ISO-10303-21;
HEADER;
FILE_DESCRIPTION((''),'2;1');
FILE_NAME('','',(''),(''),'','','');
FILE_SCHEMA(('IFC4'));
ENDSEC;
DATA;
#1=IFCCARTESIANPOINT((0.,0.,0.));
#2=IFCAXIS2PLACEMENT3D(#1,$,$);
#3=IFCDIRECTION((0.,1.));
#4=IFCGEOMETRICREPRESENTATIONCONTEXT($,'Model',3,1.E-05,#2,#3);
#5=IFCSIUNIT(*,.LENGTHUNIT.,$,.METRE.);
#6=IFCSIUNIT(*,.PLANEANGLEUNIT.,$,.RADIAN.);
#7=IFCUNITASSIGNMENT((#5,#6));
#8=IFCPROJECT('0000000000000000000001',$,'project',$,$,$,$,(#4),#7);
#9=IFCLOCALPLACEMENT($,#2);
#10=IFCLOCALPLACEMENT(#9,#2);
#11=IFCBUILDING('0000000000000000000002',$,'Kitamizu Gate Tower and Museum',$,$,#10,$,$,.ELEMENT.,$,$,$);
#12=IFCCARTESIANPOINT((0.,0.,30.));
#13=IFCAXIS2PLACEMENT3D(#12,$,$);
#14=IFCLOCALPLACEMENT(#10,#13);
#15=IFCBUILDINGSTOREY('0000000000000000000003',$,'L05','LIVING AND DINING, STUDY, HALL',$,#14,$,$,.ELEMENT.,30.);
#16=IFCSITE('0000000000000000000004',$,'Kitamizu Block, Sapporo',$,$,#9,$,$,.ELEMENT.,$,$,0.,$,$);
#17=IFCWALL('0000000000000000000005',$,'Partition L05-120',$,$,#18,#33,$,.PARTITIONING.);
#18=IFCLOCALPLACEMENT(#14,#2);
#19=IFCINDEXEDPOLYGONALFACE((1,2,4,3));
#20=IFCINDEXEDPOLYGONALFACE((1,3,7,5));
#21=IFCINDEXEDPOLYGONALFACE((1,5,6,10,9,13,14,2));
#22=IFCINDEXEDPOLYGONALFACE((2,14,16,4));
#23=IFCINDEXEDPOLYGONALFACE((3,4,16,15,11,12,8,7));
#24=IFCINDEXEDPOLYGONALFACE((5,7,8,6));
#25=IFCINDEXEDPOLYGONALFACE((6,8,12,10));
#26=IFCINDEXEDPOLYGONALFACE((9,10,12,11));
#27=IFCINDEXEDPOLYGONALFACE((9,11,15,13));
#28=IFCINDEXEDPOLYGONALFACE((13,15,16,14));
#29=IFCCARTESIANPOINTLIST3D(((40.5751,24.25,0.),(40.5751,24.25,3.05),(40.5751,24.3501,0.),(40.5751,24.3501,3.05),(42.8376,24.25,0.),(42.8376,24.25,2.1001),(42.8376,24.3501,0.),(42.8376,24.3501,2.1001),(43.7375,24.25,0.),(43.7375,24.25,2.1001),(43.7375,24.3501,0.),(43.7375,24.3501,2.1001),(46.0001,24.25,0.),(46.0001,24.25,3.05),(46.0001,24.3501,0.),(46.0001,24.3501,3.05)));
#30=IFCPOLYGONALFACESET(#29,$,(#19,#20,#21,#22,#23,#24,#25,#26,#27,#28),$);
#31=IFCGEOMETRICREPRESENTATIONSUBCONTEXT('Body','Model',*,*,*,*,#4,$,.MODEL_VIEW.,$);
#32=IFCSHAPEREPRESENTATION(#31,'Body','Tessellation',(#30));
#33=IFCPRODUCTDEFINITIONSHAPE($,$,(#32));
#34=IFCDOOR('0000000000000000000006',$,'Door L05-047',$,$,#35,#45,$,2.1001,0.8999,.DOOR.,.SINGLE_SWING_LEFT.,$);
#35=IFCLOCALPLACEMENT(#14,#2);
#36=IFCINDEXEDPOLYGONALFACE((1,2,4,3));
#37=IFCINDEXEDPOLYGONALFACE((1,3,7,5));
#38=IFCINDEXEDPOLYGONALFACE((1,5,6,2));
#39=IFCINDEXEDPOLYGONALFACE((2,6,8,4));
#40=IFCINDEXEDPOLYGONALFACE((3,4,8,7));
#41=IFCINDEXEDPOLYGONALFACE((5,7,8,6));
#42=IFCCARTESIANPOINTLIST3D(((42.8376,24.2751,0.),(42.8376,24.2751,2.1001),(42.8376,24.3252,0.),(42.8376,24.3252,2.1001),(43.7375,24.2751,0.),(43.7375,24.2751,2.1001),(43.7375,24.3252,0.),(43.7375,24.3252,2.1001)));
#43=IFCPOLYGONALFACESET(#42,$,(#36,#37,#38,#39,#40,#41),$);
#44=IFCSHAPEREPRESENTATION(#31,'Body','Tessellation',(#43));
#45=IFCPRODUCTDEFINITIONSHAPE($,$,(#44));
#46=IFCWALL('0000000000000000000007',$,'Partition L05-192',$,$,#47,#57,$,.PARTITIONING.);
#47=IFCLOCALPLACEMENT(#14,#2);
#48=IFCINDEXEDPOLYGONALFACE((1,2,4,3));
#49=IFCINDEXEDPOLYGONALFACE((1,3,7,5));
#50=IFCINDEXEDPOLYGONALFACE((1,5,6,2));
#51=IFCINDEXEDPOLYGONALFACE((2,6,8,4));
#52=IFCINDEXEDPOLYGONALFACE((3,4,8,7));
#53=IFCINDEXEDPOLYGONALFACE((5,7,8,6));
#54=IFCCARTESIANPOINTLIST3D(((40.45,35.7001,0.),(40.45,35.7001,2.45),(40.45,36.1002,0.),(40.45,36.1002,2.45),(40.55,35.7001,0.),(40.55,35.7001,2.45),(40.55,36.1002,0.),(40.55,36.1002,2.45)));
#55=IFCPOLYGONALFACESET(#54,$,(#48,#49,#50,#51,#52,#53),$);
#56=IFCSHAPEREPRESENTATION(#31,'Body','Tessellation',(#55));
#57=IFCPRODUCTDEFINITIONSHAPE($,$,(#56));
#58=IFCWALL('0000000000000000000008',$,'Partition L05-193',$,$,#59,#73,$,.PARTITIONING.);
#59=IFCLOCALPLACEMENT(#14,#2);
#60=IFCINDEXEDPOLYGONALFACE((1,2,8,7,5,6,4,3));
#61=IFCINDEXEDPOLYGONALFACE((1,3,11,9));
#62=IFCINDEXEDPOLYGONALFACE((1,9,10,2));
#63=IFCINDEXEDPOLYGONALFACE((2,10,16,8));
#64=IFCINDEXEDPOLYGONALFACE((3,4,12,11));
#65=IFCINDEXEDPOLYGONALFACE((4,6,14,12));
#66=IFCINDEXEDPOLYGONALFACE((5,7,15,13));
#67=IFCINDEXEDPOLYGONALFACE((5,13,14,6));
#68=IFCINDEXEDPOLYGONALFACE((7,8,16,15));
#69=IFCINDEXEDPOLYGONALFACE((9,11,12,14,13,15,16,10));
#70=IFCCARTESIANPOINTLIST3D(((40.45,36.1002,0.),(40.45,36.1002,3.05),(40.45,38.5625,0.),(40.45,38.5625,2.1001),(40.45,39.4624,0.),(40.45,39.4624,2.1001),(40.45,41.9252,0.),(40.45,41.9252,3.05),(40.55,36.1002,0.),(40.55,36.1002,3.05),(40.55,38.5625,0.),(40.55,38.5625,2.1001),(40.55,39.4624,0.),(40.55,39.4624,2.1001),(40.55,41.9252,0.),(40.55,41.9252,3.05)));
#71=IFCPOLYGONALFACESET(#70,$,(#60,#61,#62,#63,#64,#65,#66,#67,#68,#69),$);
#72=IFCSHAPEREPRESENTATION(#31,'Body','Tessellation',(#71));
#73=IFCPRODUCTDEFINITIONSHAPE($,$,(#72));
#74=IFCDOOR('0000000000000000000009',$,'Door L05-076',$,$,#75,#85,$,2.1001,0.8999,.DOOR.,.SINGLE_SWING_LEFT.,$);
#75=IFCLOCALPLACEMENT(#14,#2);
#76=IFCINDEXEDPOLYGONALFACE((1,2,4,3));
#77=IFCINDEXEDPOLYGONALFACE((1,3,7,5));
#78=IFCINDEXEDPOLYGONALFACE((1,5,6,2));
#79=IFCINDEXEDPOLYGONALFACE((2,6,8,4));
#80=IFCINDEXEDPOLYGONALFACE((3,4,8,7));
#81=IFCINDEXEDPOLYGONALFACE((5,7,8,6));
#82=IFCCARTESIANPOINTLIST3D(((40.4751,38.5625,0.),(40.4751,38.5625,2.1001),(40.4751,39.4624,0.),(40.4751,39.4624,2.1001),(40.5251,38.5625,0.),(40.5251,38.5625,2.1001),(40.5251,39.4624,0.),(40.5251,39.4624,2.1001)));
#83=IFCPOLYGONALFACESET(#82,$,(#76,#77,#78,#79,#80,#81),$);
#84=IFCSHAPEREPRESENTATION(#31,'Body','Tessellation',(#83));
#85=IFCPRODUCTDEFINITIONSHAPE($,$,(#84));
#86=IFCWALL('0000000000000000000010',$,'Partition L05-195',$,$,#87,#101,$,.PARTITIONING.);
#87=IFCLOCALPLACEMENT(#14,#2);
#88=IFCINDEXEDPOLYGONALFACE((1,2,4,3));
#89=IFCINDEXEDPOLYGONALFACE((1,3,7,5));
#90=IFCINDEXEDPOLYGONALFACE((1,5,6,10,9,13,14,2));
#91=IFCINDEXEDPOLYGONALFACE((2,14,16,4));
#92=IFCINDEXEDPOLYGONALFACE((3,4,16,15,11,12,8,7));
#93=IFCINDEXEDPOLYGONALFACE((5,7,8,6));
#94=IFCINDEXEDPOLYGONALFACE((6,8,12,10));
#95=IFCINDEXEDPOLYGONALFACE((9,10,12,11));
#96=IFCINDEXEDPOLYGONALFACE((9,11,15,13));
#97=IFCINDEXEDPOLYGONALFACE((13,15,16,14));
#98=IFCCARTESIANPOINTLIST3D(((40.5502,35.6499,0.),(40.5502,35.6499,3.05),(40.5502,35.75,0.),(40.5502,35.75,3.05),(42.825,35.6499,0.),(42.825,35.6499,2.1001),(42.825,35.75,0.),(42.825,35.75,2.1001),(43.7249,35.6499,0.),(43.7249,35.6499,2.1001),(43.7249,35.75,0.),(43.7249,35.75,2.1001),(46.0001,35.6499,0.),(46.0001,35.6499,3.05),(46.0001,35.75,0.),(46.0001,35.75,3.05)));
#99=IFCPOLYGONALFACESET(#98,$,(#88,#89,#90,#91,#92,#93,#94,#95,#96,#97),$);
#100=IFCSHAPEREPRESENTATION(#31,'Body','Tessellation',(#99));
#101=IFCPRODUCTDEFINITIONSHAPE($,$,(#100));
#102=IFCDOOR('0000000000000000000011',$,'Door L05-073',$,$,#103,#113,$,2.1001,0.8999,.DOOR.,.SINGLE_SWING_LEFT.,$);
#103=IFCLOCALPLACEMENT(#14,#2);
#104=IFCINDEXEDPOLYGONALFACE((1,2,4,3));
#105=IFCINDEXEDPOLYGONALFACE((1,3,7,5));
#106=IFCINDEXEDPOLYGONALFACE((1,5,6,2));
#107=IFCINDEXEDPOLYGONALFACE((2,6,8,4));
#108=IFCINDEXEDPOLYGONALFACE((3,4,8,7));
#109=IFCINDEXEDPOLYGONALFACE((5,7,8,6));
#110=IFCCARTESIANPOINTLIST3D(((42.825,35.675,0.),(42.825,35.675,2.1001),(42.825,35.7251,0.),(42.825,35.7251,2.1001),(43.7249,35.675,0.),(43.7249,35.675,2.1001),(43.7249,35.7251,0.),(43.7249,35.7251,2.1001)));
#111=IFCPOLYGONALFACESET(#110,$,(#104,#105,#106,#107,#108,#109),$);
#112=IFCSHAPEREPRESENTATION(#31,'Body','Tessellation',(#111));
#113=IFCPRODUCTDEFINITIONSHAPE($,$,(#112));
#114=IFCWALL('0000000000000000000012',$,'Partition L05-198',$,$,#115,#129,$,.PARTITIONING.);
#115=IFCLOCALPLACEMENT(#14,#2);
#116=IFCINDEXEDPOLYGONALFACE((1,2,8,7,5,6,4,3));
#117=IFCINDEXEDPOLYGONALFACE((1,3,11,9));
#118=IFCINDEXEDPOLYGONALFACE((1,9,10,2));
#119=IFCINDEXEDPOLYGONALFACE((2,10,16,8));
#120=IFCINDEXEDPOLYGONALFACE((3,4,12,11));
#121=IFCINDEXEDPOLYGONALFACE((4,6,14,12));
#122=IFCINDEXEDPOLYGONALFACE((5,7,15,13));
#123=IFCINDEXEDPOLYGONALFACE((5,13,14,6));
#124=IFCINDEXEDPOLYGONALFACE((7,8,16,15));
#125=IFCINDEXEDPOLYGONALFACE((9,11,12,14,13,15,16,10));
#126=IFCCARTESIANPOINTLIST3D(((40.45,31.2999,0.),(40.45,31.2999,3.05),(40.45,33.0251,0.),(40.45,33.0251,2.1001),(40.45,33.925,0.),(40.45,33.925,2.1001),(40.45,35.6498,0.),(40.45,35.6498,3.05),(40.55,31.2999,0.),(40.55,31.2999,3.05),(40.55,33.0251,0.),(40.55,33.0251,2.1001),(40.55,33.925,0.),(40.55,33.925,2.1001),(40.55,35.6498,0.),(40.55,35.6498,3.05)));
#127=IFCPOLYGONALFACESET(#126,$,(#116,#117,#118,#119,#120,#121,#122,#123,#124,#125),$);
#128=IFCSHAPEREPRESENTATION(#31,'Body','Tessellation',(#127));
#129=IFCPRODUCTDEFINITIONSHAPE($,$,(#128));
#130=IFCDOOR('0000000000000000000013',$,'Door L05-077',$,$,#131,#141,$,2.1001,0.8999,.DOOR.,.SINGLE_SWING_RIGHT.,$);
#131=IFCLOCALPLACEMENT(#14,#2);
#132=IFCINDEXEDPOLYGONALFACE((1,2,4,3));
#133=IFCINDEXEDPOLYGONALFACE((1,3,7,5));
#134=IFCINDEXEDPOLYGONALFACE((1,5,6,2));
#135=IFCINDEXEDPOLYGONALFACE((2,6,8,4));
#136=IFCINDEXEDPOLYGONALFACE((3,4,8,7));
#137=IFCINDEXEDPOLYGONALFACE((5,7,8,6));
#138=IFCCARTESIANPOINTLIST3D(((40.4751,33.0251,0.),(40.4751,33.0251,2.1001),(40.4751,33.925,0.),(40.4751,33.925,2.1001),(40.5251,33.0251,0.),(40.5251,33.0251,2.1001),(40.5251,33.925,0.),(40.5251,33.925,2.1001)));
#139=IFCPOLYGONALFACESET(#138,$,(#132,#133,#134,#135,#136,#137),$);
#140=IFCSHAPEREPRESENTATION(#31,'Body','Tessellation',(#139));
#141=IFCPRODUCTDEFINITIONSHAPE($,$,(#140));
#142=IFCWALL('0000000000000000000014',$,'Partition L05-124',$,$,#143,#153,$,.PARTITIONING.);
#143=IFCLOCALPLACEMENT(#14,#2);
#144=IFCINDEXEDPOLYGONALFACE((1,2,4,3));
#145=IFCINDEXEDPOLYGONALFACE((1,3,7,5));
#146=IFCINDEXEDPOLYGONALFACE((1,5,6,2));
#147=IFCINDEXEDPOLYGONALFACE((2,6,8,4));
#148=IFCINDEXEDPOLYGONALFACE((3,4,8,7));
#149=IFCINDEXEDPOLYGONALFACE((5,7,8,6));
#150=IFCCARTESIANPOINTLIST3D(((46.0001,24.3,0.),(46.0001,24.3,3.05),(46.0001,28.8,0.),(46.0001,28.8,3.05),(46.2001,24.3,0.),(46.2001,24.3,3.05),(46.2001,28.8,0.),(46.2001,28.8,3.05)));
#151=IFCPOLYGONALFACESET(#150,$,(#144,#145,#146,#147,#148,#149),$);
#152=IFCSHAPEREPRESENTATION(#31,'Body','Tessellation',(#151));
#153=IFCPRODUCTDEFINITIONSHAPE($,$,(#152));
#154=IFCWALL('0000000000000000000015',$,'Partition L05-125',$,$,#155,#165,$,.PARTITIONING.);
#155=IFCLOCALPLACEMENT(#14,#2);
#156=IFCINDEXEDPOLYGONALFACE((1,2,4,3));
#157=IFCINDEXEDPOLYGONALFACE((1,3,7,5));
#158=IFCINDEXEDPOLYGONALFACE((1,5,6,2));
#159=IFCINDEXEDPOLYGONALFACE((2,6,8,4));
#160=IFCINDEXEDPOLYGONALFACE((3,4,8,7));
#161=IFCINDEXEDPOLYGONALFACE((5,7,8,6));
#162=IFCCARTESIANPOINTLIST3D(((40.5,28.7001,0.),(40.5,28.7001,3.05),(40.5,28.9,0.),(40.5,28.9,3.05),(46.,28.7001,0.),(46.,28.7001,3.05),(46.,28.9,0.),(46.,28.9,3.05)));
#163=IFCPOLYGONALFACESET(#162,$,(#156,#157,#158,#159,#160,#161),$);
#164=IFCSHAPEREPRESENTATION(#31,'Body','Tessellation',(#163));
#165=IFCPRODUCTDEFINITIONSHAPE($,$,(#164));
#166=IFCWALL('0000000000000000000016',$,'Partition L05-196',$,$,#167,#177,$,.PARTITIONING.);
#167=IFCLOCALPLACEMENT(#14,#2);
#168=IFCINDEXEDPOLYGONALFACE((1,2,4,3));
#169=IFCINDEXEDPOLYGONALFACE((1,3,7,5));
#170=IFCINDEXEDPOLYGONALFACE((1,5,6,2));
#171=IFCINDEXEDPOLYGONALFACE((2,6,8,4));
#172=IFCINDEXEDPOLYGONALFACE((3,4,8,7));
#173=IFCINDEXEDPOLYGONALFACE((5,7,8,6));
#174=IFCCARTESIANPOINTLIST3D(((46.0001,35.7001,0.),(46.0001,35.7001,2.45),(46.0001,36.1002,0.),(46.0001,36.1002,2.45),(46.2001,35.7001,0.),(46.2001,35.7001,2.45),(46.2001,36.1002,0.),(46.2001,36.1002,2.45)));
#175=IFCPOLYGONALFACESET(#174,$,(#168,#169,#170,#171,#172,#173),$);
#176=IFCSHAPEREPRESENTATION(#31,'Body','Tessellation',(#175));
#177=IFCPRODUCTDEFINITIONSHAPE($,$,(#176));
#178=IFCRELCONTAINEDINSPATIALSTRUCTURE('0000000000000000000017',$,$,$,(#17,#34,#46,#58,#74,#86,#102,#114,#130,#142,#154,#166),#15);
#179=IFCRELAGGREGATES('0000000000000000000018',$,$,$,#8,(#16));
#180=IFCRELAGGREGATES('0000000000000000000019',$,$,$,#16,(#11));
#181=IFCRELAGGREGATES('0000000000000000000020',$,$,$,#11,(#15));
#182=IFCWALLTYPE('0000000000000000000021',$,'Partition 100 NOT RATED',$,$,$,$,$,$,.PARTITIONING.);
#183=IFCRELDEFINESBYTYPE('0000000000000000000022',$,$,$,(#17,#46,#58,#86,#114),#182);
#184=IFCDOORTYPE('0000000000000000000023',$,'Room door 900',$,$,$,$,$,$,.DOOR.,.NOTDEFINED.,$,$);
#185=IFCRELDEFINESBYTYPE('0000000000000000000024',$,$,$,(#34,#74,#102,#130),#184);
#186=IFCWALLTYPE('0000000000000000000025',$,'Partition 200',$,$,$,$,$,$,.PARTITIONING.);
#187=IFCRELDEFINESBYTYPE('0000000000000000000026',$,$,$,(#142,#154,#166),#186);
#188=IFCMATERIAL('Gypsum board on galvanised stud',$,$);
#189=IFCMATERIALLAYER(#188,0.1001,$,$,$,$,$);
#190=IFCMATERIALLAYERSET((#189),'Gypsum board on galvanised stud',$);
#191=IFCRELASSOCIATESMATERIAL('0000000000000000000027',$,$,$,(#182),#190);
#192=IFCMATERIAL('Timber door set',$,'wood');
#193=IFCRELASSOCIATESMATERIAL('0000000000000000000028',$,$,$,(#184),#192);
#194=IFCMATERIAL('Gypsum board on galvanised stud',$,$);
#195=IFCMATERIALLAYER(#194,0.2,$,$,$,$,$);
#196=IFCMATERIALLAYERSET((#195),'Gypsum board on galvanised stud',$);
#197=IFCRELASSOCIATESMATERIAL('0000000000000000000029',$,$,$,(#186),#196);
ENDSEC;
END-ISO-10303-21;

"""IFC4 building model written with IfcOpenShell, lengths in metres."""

from ifc_helpers import new_model, si_unit, direction, frame, frame_2d, origin, place, context, subcontext, project, spatial, rectangle, extrude, material, layer, layer_set, type_object, element, fill, save


model = new_model("IFC4")

# Units and contexts
model_context = context("Model", 3, precision=1e-05, world=origin(), true_north=direction((0.0, 1.0)))
body_context = subcontext(model_context, "Body", "Model", "MODEL_VIEW")
ifc_project = project(units=[si_unit("LENGTHUNIT", "METRE"), si_unit("PLANEANGLEUNIT", "RADIAN")], contexts=[model_context])

# Site, building, storey
site_placement = place(None, origin())
site = spatial("IfcSite", under=ifc_project, at=site_placement, Name="Kitamizu Block, Sapporo", CompositionType="ELEMENT", RefElevation=0.0)
building_placement = place(site_placement, origin())
building = spatial("IfcBuilding", under=site, at=building_placement, Name="Kitamizu Gate Tower and Museum", CompositionType="ELEMENT")
storey_placement = place(building_placement, frame((0.0, 0.0, 30.0)))
storey = spatial("IfcBuildingStorey", under=building, at=storey_placement, Name="L05", Description="LIVING AND DINING, STUDY, HALL", CompositionType="ELEMENT", Elevation=30.0)

# Wall, opening, door
ifc_material_1 = material(Name="Gypsum board on galvanised stud")
ifc_layer_1 = layer(ifc_material_1, 0.1001)
ifc_layer_set_1 = layer_set([ifc_layer_1], Name="Gypsum board on galvanised stud")
wall_type_1 = type_object("IfcWallType", Name="Partition 100 NOT RATED", PredefinedType="PARTITIONING", material=ifc_layer_set_1)
wall_1_placement = place(storey_placement, frame((46.0, 24.3, 0.0), z_axis=(0.0, 0.0, 1.0), x_axis=(-1.0, 0.0, 0.0)))
wall_1 = element("IfcWall", 1, at=wall_1_placement, inside=storey, type_object=wall_type_1, Name="Partition L05-120", PredefinedType="PARTITIONING", context=body_context, shape_type="SweptSolid", body=[
    extrude(rectangle(XDim=5.425, YDim=0.1001, at=frame_2d((2.7124, 0.0))), origin(), (0.0, 0.0, 1.0), 3.05),
])
opening_1_placement = place(wall_1_placement, frame((2.2625, 0.0, 0.0)))
opening_1 = element("IfcOpeningElement", 2, at=opening_1_placement, cuts=wall_1, PredefinedType="OPENING", context=body_context, shape_type="SweptSolid", body=[
    extrude(rectangle(XDim=0.8999, YDim=2.1001, at=frame_2d((0.45, 1.05))), frame((0.0, 0.0601, 0.0), z_axis=(0.0, -1.0, 0.0), x_axis=(1.0, 0.0, 0.0)), (0.0, 0.0, 1.0), 0.1201),
])
ifc_material_2 = material(Name="Timber door set", Category="wood")
door_type_1 = type_object("IfcDoorType", Name="Room door 900", OperationType="NOTDEFINED", PredefinedType="DOOR", material=ifc_material_2)
door_1_placement = place(opening_1_placement, origin())
door_1 = element("IfcDoor", 3, at=door_1_placement, inside=storey, type_object=door_type_1, Name="Door L05-047", OperationType="SINGLE_SWING_LEFT", OverallHeight=2.1001, OverallWidth=0.8999, PredefinedType="DOOR", context=body_context, shape_type="SweptSolid", body=[
    extrude(rectangle(XDim=0.8999, YDim=2.1001, at=frame_2d((0.45, 1.05))), frame((0.0, 0.0249, 0.0), z_axis=(0.0, -1.0, 0.0), x_axis=(1.0, 0.0, 0.0)), (0.0, 0.0, 1.0), 0.05),
])
fill(opening_1, door_1)

# Wall
wall_2_placement = place(storey_placement, frame((40.5, 35.7, 0.0), z_axis=(0.0, 0.0, 1.0), x_axis=(0.0, 1.0, 0.0)))
element("IfcWall", 4, at=wall_2_placement, inside=storey, type_object=wall_type_1, Name="Partition L05-192", PredefinedType="PARTITIONING", context=body_context, shape_type="SweptSolid", body=[
    extrude(rectangle(XDim=0.4001, YDim=0.1001, at=frame_2d((0.2002, 0.0))), origin(), (0.0, 0.0, 1.0), 2.45),
])

# Walls, openings, doors
wall_3_placement = place(storey_placement, frame((40.5, 36.1001, 0.0), z_axis=(0.0, 0.0, 1.0), x_axis=(0.0, 1.0, 0.0)))
wall_3 = element("IfcWall", 5, at=wall_3_placement, inside=storey, type_object=wall_type_1, Name="Partition L05-193", PredefinedType="PARTITIONING", context=body_context, shape_type="SweptSolid", body=[
    extrude(rectangle(XDim=5.825, YDim=0.1001, at=frame_2d((2.9126, 0.0))), origin(), (0.0, 0.0, 1.0), 3.05),
])
opening_2_placement = place(wall_3_placement, frame((2.4624, 0.0, 0.0)))
opening_2 = element("IfcOpeningElement", 6, at=opening_2_placement, cuts=wall_3, PredefinedType="OPENING", context=body_context, shape_type="SweptSolid", body=[
    extrude(rectangle(XDim=0.8999, YDim=2.1001, at=frame_2d((0.45, 1.05))), frame((0.0, 0.0601, 0.0), z_axis=(0.0, -1.0, 0.0), x_axis=(1.0, 0.0, 0.0)), (0.0, 0.0, 1.0), 0.1201),
])
door_2_placement = place(opening_2_placement, origin())
door_2 = element("IfcDoor", 7, at=door_2_placement, inside=storey, type_object=door_type_1, Name="Door L05-076", OperationType="SINGLE_SWING_LEFT", OverallHeight=2.1001, OverallWidth=0.8999, PredefinedType="DOOR", context=body_context, shape_type="SweptSolid", body=[
    extrude(rectangle(XDim=0.8999, YDim=2.1001, at=frame_2d((0.45, 1.05))), frame((0.0, 0.0249, 0.0), z_axis=(0.0, -1.0, 0.0), x_axis=(1.0, 0.0, 0.0)), (0.0, 0.0, 1.0), 0.05),
])
fill(opening_2, door_2)
wall_4_placement = place(storey_placement, frame((40.55, 35.7, 0.0), z_axis=(0.0, 0.0, 1.0), x_axis=(1.0, 0.0, 0.0)))
wall_4 = element("IfcWall", 8, at=wall_4_placement, inside=storey, type_object=wall_type_1, Name="Partition L05-195", PredefinedType="PARTITIONING", context=body_context, shape_type="SweptSolid", body=[
    extrude(rectangle(XDim=5.45, YDim=0.1001, at=frame_2d((2.7251, 0.0))), origin(), (0.0, 0.0, 1.0), 3.05),
])
opening_3_placement = place(wall_4_placement, frame((2.2749, 0.0, 0.0)))
opening_3 = element("IfcOpeningElement", 9, at=opening_3_placement, cuts=wall_4, PredefinedType="OPENING", context=body_context, shape_type="SweptSolid", body=[
    extrude(rectangle(XDim=0.8999, YDim=2.1001, at=frame_2d((0.45, 1.05))), frame((0.0, 0.0601, 0.0), z_axis=(0.0, -1.0, 0.0), x_axis=(1.0, 0.0, 0.0)), (0.0, 0.0, 1.0), 0.1201),
])
door_3_placement = place(opening_3_placement, frame((0.8999, 0.0, 0.0), x_axis=(-1.0, 0.0, 0.0)))
door_3 = element("IfcDoor", 10, at=door_3_placement, inside=storey, type_object=door_type_1, Name="Door L05-073", OperationType="SINGLE_SWING_LEFT", OverallHeight=2.1001, OverallWidth=0.8999, PredefinedType="DOOR", context=body_context, shape_type="SweptSolid", body=[
    extrude(rectangle(XDim=0.8999, YDim=2.1001, at=frame_2d((0.45, 1.05))), frame((0.0, 0.0249, 0.0), z_axis=(0.0, -1.0, 0.0), x_axis=(1.0, 0.0, 0.0)), (0.0, 0.0, 1.0), 0.05),
])
fill(opening_3, door_3)
wall_5_placement = place(storey_placement, frame((40.5, 31.3, 0.0), z_axis=(0.0, 0.0, 1.0), x_axis=(0.0, 1.0, 0.0)))
wall_5 = element("IfcWall", 11, at=wall_5_placement, inside=storey, type_object=wall_type_1, Name="Partition L05-198", PredefinedType="PARTITIONING", context=body_context, shape_type="SweptSolid", body=[
    extrude(rectangle(XDim=4.3499, YDim=0.1001, at=frame_2d((2.1748, 0.0))), origin(), (0.0, 0.0, 1.0), 3.05),
])
opening_4_placement = place(wall_5_placement, frame((1.7251, 0.0, 0.0)))
opening_4 = element("IfcOpeningElement", 12, at=opening_4_placement, cuts=wall_5, PredefinedType="OPENING", context=body_context, shape_type="SweptSolid", body=[
    extrude(rectangle(XDim=0.8999, YDim=2.1001, at=frame_2d((0.45, 1.05))), frame((0.0, 0.0601, 0.0), z_axis=(0.0, -1.0, 0.0), x_axis=(1.0, 0.0, 0.0)), (0.0, 0.0, 1.0), 0.1201),
])
door_4_placement = place(opening_4_placement, origin())
door_4 = element("IfcDoor", 13, at=door_4_placement, inside=storey, type_object=door_type_1, Name="Door L05-077", OperationType="SINGLE_SWING_RIGHT", OverallHeight=2.1001, OverallWidth=0.8999, PredefinedType="DOOR", context=body_context, shape_type="SweptSolid", body=[
    extrude(rectangle(XDim=0.8999, YDim=2.1001, at=frame_2d((0.45, 1.05))), frame((0.0, 0.0249, 0.0), z_axis=(0.0, -1.0, 0.0), x_axis=(1.0, 0.0, 0.0)), (0.0, 0.0, 1.0), 0.05),
])
fill(opening_4, door_4)

# Walls
ifc_material_3 = material(Name="Gypsum board on galvanised stud")
ifc_layer_2 = layer(ifc_material_3, 0.2)
ifc_layer_set_2 = layer_set([ifc_layer_2], Name="Gypsum board on galvanised stud")
wall_type_2 = type_object("IfcWallType", Name="Partition 200", PredefinedType="PARTITIONING", material=ifc_layer_set_2)
wall_6_placement = place(storey_placement, frame((46.1001, 24.3, 0.0), z_axis=(0.0, 0.0, 1.0), x_axis=(0.0, 1.0, 0.0)))
element("IfcWall", 14, at=wall_6_placement, inside=storey, type_object=wall_type_2, Name="Partition L05-124", PredefinedType="PARTITIONING", context=body_context, shape_type="SweptSolid", body=[
    extrude(rectangle(XDim=4.5, YDim=0.2, at=frame_2d((2.25, 0.0))), origin(), (0.0, 0.0, 1.0), 3.05),
])
wall_7_placement = place(storey_placement, frame((46.0, 28.8, 0.0), z_axis=(0.0, 0.0, 1.0), x_axis=(-1.0, 0.0, 0.0)))
element("IfcWall", 15, at=wall_7_placement, inside=storey, type_object=wall_type_2, Name="Partition L05-125", PredefinedType="PARTITIONING", context=body_context, shape_type="SweptSolid", body=[
    extrude(rectangle(XDim=5.5, YDim=0.2, at=frame_2d((2.75, 0.0))), origin(), (0.0, 0.0, 1.0), 3.05),
])
wall_8_placement = place(storey_placement, frame((46.1001, 35.7, 0.0), z_axis=(0.0, 0.0, 1.0), x_axis=(0.0, 1.0, 0.0)))
element("IfcWall", 16, at=wall_8_placement, inside=storey, type_object=wall_type_2, Name="Partition L05-196", PredefinedType="PARTITIONING", context=body_context, shape_type="SweptSolid", body=[
    extrude(rectangle(XDim=0.4001, YDim=0.2, at=frame_2d((0.2002, 0.0))), origin(), (0.0, 0.0, 1.0), 2.45),
])

save(model, "model.ifc")
